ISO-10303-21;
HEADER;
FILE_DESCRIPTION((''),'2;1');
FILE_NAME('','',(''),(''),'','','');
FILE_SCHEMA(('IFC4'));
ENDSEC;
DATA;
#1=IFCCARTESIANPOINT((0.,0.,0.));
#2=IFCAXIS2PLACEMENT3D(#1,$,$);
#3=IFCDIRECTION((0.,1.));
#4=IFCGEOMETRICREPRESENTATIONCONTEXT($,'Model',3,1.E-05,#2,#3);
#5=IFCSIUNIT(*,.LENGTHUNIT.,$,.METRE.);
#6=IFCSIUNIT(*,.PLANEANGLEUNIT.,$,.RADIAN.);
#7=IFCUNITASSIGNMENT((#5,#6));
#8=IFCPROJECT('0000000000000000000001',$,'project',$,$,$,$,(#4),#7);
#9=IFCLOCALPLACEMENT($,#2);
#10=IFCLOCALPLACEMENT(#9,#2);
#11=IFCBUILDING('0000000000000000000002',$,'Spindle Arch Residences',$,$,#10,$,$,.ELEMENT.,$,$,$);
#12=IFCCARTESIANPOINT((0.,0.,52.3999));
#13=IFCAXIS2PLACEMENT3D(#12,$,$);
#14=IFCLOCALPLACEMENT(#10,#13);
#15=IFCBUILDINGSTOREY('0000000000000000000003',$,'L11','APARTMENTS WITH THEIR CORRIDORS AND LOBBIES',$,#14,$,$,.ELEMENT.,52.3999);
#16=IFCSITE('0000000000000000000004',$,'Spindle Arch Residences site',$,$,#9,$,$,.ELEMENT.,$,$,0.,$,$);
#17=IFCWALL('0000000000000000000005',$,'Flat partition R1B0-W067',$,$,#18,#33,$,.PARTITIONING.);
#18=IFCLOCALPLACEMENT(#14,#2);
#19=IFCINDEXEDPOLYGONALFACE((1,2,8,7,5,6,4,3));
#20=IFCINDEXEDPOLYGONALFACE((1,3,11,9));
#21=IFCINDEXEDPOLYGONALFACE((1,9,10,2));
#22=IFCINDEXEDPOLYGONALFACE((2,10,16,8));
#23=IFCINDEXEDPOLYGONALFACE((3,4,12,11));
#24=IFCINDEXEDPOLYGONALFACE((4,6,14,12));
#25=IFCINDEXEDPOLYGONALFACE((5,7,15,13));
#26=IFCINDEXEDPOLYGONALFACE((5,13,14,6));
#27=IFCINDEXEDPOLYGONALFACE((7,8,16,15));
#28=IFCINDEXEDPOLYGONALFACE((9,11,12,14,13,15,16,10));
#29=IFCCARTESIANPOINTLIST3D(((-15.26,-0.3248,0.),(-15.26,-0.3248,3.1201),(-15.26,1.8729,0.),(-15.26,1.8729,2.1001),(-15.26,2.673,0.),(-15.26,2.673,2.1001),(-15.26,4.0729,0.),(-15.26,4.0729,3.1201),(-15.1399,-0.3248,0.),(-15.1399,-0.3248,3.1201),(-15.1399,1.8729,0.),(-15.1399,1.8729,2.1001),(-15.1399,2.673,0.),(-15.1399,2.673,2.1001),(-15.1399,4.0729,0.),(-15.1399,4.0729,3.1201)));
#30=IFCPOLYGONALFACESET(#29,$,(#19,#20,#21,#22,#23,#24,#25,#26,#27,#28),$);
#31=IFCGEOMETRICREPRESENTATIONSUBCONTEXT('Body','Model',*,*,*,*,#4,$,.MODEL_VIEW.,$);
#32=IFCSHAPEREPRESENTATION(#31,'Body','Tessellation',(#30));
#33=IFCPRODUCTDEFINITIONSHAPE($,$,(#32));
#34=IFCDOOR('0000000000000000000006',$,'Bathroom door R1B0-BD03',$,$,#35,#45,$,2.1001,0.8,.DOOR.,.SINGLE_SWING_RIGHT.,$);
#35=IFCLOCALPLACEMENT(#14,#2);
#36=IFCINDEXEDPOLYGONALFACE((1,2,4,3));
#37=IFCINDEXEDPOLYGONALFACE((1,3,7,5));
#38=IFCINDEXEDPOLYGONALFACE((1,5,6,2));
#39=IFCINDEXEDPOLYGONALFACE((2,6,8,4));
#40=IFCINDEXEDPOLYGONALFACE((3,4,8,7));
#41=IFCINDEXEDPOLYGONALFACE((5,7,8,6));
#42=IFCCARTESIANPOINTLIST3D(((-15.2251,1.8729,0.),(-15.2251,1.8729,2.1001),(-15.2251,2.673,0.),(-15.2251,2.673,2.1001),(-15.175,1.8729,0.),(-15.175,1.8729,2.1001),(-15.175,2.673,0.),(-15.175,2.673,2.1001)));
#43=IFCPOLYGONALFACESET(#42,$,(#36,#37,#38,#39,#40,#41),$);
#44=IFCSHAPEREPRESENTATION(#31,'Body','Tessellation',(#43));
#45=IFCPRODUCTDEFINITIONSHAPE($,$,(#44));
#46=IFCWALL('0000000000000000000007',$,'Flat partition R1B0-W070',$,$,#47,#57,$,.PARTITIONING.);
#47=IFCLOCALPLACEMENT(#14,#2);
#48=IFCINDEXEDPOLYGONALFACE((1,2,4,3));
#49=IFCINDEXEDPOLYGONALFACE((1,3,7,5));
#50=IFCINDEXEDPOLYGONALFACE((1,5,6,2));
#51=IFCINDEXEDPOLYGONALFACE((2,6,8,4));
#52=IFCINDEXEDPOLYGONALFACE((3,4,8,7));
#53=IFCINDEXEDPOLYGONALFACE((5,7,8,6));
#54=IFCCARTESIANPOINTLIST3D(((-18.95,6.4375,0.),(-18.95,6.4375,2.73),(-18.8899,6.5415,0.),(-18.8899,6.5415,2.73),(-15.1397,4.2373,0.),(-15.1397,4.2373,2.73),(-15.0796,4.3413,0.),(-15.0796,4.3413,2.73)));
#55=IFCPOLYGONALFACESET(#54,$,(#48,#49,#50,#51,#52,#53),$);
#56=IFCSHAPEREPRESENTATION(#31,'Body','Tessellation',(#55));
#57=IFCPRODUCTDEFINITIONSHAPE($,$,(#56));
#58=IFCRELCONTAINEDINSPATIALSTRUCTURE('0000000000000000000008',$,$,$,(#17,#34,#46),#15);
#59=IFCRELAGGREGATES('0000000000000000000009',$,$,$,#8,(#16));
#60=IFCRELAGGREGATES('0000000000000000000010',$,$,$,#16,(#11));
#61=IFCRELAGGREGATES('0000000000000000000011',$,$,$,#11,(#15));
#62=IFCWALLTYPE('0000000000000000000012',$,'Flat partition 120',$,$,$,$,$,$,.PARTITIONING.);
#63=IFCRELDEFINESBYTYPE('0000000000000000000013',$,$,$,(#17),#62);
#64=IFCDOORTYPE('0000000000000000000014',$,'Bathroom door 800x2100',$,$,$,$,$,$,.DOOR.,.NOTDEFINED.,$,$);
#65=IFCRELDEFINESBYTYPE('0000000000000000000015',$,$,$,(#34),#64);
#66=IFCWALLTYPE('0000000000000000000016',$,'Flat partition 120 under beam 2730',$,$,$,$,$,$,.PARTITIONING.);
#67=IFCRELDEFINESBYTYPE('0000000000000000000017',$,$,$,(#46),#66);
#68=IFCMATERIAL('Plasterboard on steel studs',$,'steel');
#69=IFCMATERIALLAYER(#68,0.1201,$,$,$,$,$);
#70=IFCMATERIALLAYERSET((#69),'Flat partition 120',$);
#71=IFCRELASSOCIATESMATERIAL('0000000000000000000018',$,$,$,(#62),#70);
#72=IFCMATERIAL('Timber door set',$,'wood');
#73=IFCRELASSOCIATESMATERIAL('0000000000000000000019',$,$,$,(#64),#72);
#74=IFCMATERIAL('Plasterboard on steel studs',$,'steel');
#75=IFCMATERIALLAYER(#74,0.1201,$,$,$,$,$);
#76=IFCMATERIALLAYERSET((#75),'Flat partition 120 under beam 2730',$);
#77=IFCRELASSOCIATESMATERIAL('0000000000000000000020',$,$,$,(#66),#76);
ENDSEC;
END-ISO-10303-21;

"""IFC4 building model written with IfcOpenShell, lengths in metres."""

from ifc_helpers import new_model, si_unit, direction, frame, frame_2d, origin, place, context, subcontext, project, spatial, rectangle, extrude, material, layer, layer_set, type_object, element, fill, save


model = new_model("IFC4")

# Units and contexts
model_context = context("Model", 3, precision=1e-05, world=origin(), true_north=direction((0.0, 1.0)))
body_context = subcontext(model_context, "Body", "Model", "MODEL_VIEW")
ifc_project = project(units=[si_unit("LENGTHUNIT", "METRE"), si_unit("PLANEANGLEUNIT", "RADIAN")], contexts=[model_context])

# Site, building, storey
site_placement = place(None, origin())
site = spatial("IfcSite", under=ifc_project, at=site_placement, Name="Spindle Arch Residences site", CompositionType="ELEMENT", RefElevation=0.0)
building_placement = place(site_placement, origin())
building = spatial("IfcBuilding", under=site, at=building_placement, Name="Spindle Arch Residences", CompositionType="ELEMENT")
storey_placement = place(building_placement, frame((0.0, 0.0, 52.3999)))
storey = spatial("IfcBuildingStorey", under=building, at=storey_placement, Name="L11", Description="APARTMENTS WITH THEIR CORRIDORS AND LOBBIES", CompositionType="ELEMENT", Elevation=52.3999)

# Shared definitions
ifc_material_1 = material(Name="Plasterboard on steel studs", Category="steel")
ifc_layer_1 = layer(ifc_material_1, 0.1201)
ifc_layer_set_1 = layer_set([ifc_layer_1], Name="Flat partition 120")
wall_type_1 = type_object("IfcWallType", Name="Flat partition 120", PredefinedType="PARTITIONING", material=ifc_layer_set_1)

# Wall, opening, door
wall_1_placement = place(storey_placement, frame((-15.2, 4.0728, 0.0), z_axis=(0.0, 0.0, 1.0), x_axis=(0.0, -1.0, 0.0)))
wall_1 = element("IfcWall", 1, at=wall_1_placement, inside=storey, type_object=wall_type_1, Name="Flat partition R1B0-W067", PredefinedType="PARTITIONING", context=body_context, shape_type="SweptSolid", body=[
    extrude(rectangle(XDim=4.3977, YDim=0.1201, at=frame_2d((2.1987, 0.0))), origin(), (0.0, 0.0, 1.0), 3.1201),
])
opening_1_placement = place(wall_1_placement, frame((1.3999, 0.0, 0.0)))
opening_1 = element("IfcOpeningElement", 2, at=opening_1_placement, cuts=wall_1, PredefinedType="OPENING", context=body_context, shape_type="SweptSolid", body=[
    extrude(rectangle(XDim=0.8, YDim=2.1001, at=frame_2d((0.3999, 1.05))), frame((0.0, 0.0701, 0.0), z_axis=(0.0, -1.0, 0.0), x_axis=(1.0, 0.0, 0.0)), (0.0, 0.0, 1.0), 0.1401),
])
ifc_material_2 = material(Name="Timber door set", Category="wood")
door_type_1 = type_object("IfcDoorType", Name="Bathroom door 800x2100", OperationType="NOTDEFINED", PredefinedType="DOOR", material=ifc_material_2)
door_1_placement = place(opening_1_placement, origin())
door_1 = element("IfcDoor", 3, at=door_1_placement, inside=storey, type_object=door_type_1, Name="Bathroom door R1B0-BD03", OperationType="SINGLE_SWING_RIGHT", OverallHeight=2.1001, OverallWidth=0.8, PredefinedType="DOOR", context=body_context, shape_type="SweptSolid", body=[
    extrude(rectangle(XDim=0.8, YDim=2.1001, at=frame_2d((0.3999, 1.05))), frame((0.0, 0.0249, 0.0), z_axis=(0.0, -1.0, 0.0), x_axis=(1.0, 0.0, 0.0)), (0.0, 0.0, 1.0), 0.05),
])
fill(opening_1, door_1)

# Wall
ifc_material_3 = material(Name="Plasterboard on steel studs", Category="steel")
ifc_layer_2 = layer(ifc_material_3, 0.1201)
ifc_layer_set_2 = layer_set([ifc_layer_2], Name="Flat partition 120 under beam 2730")
wall_type_2 = type_object("IfcWallType", Name="Flat partition 120 under beam 2730", PredefinedType="PARTITIONING", material=ifc_layer_set_2)
wall_2_placement = place(storey_placement, frame((-18.9199, 6.4895, 0.0), z_axis=(0.0, 0.0, 1.0), x_axis=(0.865994, -0.500054, 0.0)))
element("IfcWall", 4, at=wall_2_placement, inside=storey, type_object=wall_type_2, Name="Flat partition R1B0-W070", PredefinedType="PARTITIONING", context=body_context, shape_type="SweptSolid", body=[
    extrude(rectangle(XDim=4.3999, YDim=0.1201, at=frame_2d((2.2, 0.0))), origin(), (0.0, 0.0, 1.0), 2.73),
])

save(model, "model.ifc")
